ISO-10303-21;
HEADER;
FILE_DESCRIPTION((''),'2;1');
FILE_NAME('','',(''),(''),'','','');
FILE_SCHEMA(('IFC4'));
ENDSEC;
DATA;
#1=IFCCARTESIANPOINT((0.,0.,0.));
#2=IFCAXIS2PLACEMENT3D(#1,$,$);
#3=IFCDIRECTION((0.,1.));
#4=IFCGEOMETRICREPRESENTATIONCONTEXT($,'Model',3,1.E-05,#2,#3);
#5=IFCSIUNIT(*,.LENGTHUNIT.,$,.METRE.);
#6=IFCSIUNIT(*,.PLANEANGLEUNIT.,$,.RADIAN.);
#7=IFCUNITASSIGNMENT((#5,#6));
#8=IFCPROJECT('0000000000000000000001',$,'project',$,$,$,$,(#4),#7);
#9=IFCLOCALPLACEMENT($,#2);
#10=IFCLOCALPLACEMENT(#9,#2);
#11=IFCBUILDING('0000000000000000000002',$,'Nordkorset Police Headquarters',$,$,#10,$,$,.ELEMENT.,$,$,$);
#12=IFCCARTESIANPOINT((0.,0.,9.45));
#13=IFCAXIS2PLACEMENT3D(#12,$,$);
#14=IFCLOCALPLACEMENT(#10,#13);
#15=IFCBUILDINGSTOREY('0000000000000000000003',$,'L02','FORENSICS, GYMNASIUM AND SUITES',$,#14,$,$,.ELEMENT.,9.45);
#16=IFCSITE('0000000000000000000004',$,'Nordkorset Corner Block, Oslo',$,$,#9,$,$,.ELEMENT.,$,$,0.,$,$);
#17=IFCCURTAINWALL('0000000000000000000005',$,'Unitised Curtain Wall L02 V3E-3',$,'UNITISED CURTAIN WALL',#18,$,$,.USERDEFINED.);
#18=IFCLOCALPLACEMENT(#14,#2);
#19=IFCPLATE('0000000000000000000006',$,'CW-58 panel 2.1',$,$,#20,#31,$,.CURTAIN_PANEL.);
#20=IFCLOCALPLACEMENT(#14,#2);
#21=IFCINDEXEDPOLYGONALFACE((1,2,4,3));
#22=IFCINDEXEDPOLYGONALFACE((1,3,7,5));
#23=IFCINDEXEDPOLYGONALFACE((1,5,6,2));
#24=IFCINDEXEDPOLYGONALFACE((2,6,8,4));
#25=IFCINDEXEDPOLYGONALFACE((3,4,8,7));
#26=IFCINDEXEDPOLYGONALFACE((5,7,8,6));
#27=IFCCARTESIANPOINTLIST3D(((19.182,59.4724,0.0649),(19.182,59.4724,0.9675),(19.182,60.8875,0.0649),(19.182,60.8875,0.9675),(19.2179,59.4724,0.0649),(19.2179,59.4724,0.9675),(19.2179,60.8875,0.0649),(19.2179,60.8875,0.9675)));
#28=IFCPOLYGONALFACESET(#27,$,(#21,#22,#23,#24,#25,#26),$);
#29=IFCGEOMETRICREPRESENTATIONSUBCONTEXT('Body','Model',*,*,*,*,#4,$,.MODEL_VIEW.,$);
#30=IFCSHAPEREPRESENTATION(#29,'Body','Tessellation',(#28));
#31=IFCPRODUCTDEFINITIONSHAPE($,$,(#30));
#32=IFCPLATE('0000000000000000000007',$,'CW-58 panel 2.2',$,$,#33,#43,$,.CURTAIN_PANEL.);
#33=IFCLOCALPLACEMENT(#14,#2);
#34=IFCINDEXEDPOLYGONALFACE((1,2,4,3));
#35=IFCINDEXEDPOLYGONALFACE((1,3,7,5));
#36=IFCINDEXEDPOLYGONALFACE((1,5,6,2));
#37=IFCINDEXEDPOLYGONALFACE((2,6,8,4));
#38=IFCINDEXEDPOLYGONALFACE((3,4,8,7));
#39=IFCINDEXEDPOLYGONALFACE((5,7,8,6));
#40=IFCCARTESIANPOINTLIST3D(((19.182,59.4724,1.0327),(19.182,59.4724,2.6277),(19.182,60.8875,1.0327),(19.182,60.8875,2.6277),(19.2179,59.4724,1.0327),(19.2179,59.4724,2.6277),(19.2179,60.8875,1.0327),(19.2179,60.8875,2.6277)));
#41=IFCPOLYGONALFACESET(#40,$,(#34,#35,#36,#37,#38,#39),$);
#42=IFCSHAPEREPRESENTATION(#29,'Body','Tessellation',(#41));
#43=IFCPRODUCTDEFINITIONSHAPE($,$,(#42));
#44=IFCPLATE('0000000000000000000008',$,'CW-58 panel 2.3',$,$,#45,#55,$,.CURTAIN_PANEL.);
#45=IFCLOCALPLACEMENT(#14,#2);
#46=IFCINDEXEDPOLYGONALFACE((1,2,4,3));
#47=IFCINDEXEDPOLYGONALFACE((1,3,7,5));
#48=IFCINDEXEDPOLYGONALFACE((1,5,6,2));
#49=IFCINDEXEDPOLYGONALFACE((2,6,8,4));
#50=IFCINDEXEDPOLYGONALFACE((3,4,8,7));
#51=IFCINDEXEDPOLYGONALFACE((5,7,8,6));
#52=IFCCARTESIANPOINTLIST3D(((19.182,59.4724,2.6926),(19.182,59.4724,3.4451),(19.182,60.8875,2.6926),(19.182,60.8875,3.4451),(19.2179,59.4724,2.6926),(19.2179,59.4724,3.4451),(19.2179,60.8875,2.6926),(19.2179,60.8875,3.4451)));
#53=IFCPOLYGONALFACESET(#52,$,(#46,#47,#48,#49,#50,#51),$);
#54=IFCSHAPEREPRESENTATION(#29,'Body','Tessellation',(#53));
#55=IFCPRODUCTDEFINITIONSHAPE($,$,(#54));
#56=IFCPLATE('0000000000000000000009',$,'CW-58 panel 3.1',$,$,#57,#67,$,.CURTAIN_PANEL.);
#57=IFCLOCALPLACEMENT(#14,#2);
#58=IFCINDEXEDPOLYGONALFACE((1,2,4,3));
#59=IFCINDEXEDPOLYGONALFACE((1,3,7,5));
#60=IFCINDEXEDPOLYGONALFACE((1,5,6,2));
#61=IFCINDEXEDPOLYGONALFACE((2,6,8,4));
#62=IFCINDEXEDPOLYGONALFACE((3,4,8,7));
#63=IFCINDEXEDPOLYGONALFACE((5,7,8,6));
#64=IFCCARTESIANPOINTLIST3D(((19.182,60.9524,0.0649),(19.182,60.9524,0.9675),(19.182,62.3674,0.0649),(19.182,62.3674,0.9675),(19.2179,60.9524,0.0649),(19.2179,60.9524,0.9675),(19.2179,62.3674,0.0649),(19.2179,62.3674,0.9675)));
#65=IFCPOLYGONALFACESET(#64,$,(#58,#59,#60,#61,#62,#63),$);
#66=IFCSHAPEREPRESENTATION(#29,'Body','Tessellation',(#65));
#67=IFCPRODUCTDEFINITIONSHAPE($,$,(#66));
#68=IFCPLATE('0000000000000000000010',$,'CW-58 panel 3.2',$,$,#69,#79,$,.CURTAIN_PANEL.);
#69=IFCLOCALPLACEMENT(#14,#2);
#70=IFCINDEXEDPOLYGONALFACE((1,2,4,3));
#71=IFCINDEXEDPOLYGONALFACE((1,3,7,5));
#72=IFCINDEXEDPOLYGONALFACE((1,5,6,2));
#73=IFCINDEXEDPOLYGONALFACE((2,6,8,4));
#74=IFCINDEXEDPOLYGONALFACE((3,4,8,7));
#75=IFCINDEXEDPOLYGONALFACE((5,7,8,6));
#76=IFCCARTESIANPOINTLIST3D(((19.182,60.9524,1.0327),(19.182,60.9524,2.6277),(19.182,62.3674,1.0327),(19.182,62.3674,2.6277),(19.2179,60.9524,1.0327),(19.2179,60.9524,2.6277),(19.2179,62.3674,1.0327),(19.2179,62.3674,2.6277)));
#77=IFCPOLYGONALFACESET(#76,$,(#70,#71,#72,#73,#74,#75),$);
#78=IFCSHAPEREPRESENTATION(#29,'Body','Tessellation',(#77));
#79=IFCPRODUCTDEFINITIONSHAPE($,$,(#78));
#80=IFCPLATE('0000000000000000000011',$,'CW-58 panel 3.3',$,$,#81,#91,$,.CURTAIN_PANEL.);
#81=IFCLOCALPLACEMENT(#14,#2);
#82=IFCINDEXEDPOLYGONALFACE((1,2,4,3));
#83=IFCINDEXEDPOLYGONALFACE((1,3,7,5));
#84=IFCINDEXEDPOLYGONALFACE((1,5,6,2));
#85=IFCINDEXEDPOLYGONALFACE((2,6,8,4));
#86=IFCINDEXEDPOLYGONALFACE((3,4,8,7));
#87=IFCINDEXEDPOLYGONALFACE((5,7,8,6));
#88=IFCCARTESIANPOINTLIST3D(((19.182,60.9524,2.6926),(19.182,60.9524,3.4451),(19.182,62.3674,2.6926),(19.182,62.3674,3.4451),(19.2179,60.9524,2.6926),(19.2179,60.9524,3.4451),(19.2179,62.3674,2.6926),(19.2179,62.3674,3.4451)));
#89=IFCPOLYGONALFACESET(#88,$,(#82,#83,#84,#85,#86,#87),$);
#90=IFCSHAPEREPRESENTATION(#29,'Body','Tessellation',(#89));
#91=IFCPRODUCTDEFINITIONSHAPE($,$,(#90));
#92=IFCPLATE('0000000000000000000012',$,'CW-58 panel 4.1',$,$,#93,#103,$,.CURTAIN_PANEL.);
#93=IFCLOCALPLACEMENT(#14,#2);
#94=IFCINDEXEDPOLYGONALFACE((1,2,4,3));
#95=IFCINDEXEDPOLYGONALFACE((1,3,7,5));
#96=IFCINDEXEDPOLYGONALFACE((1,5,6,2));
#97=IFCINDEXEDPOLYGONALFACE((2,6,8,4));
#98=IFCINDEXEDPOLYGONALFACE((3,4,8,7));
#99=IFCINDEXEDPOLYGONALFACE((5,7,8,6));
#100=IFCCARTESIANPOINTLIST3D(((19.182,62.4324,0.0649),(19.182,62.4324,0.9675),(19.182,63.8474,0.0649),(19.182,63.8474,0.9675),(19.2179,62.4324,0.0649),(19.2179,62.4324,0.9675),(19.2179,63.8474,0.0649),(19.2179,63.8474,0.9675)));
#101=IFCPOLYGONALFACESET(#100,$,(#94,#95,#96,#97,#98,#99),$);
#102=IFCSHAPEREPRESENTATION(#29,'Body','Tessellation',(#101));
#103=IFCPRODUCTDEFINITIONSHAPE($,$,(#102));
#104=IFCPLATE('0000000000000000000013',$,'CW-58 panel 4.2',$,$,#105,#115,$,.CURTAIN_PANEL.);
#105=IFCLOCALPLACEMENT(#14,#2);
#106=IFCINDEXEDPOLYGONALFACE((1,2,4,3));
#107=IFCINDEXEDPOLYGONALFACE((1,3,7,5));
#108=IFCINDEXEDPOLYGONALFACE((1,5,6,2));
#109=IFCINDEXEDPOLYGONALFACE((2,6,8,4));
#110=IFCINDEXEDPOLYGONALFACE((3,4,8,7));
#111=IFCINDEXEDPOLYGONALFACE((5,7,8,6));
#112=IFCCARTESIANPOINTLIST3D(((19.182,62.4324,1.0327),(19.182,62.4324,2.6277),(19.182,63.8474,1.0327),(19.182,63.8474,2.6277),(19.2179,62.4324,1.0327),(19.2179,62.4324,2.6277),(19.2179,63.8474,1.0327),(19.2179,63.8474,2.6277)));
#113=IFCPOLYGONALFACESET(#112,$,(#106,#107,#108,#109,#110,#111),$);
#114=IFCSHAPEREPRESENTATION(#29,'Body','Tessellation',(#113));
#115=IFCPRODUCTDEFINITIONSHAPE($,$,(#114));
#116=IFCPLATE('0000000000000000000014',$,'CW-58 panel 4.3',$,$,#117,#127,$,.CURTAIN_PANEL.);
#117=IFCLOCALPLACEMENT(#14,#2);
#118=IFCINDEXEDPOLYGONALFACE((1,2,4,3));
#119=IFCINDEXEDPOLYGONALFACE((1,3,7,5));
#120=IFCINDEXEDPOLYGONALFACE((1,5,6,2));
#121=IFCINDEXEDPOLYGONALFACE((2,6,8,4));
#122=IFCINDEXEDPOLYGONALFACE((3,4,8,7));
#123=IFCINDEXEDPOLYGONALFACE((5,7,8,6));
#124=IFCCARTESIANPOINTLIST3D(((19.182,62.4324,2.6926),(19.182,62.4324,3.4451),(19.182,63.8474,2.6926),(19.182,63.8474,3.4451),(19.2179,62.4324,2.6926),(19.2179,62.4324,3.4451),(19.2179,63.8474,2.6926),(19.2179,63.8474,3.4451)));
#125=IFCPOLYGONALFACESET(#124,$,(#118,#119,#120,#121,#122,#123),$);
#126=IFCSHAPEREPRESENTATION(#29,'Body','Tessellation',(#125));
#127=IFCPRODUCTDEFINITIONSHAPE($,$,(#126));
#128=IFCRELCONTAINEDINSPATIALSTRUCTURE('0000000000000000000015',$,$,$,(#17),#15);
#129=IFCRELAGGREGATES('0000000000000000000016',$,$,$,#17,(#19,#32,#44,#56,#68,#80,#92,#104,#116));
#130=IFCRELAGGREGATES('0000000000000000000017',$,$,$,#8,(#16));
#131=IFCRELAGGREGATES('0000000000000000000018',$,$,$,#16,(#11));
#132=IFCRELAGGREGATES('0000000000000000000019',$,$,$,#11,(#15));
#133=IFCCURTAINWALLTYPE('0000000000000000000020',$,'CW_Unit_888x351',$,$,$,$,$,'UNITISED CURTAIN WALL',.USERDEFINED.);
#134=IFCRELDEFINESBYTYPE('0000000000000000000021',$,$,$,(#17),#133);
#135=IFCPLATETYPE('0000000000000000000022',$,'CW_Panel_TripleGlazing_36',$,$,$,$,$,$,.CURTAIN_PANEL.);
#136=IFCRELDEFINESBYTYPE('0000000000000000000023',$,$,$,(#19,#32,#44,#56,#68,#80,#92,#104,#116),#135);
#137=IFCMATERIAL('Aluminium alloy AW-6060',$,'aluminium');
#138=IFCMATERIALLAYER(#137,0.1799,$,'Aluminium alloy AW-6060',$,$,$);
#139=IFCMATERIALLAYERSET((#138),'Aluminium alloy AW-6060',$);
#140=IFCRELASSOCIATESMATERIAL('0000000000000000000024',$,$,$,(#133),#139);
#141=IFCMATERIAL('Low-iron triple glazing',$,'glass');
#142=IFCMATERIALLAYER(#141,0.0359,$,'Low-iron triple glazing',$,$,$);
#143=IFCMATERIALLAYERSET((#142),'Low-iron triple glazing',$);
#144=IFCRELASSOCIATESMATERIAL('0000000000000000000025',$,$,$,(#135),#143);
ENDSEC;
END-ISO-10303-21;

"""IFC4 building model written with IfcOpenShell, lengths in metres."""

from ifc_helpers import new_model, si_unit, direction, frame, origin, origin_2d, place, context, subcontext, project, spatial, rectangle, extrude, material, layer, layer_set, type_object, element, aggregate, save


model = new_model("IFC4")

# Units and contexts
model_context = context("Model", 3, precision=1e-05, world=origin(), true_north=direction((0.0, 1.0)))
body_context = subcontext(model_context, "Body", "Model", "MODEL_VIEW")
ifc_project = project(units=[si_unit("LENGTHUNIT", "METRE"), si_unit("PLANEANGLEUNIT", "RADIAN")], contexts=[model_context])

# Site, building, storey
site_placement = place(None, origin())
site = spatial("IfcSite", under=ifc_project, at=site_placement, Name="Nordkorset Corner Block, Oslo", CompositionType="ELEMENT", RefElevation=0.0)
building_placement = place(site_placement, origin())
building = spatial("IfcBuilding", under=site, at=building_placement, Name="Nordkorset Police Headquarters", CompositionType="ELEMENT")
storey_placement = place(building_placement, frame((0.0, 0.0, 9.45)))
storey = spatial("IfcBuildingStorey", under=building, at=storey_placement, Name="L02", Description="FORENSICS, GYMNASIUM AND SUITES", CompositionType="ELEMENT", Elevation=9.45)

# Curtain wall, plates
ifc_material_1 = material(Name="Aluminium alloy AW-6060", Category="aluminium")
ifc_layer_1 = layer(ifc_material_1, 0.1799, Name="Aluminium alloy AW-6060")
ifc_layer_set_1 = layer_set([ifc_layer_1], Name="Aluminium alloy AW-6060")
curtain_wall_type = type_object("IfcCurtainWallType", Name="CW_Unit_888x351", ElementType="UNITISED CURTAIN WALL", PredefinedType="USERDEFINED", material=ifc_layer_set_1)
curtain_wall_placement = place(storey_placement, origin())
curtain_wall = element("IfcCurtainWall", 1, at=curtain_wall_placement, inside=storey, type_object=curtain_wall_type, Name="Unitised Curtain Wall L02 V3E-3", ObjectType="UNITISED CURTAIN WALL", PredefinedType="USERDEFINED")
ifc_material_2 = material(Name="Low-iron triple glazing", Category="glass")
ifc_layer_2 = layer(ifc_material_2, 0.0359, Name="Low-iron triple glazing")
ifc_layer_set_2 = layer_set([ifc_layer_2], Name="Low-iron triple glazing")
plate_type = type_object("IfcPlateType", Name="CW_Panel_TripleGlazing_36", PredefinedType="CURTAIN_PANEL", material=ifc_layer_set_2)
plate_1_placement = place(storey_placement, frame((19.2, 60.1799, 0.0649), z_axis=(0.0, 0.0, 1.0), x_axis=(0.0, 1.0, 0.0)))
plate_1 = element("IfcPlate", 2, at=plate_1_placement, type_object=plate_type, Name="CW-58 panel 2.1", PredefinedType="CURTAIN_PANEL", context=body_context, shape_type="SweptSolid", body=[
    extrude(rectangle(XDim=1.415, YDim=0.0359, at=origin_2d()), origin(), (0.0, 0.0, 1.0), 0.9026),
])
plate_2_placement = place(storey_placement, frame((19.2, 60.1799, 1.0327), z_axis=(0.0, 0.0, 1.0), x_axis=(0.0, 1.0, 0.0)))
plate_2 = element("IfcPlate", 3, at=plate_2_placement, type_object=plate_type, Name="CW-58 panel 2.2", PredefinedType="CURTAIN_PANEL", context=body_context, shape_type="SweptSolid", body=[
    extrude(rectangle(XDim=1.415, YDim=0.0359, at=origin_2d()), origin(), (0.0, 0.0, 1.0), 1.595),
])
plate_3_placement = place(storey_placement, frame((19.2, 60.1799, 2.6926), z_axis=(0.0, 0.0, 1.0), x_axis=(0.0, 1.0, 0.0)))
plate_3 = element("IfcPlate", 4, at=plate_3_placement, type_object=plate_type, Name="CW-58 panel 2.3", PredefinedType="CURTAIN_PANEL", context=body_context, shape_type="SweptSolid", body=[
    extrude(rectangle(XDim=1.415, YDim=0.0359, at=origin_2d()), origin(), (0.0, 0.0, 1.0), 0.7524),
])
plate_4_placement = place(storey_placement, frame((19.2, 61.6599, 0.0649), z_axis=(0.0, 0.0, 1.0), x_axis=(0.0, 1.0, 0.0)))
plate_4 = element("IfcPlate", 5, at=plate_4_placement, type_object=plate_type, Name="CW-58 panel 3.1", PredefinedType="CURTAIN_PANEL", context=body_context, shape_type="SweptSolid", body=[
    extrude(rectangle(XDim=1.415, YDim=0.0359, at=origin_2d()), origin(), (0.0, 0.0, 1.0), 0.9026),
])
plate_5_placement = place(storey_placement, frame((19.2, 61.6599, 1.0327), z_axis=(0.0, 0.0, 1.0), x_axis=(0.0, 1.0, 0.0)))
plate_5 = element("IfcPlate", 6, at=plate_5_placement, type_object=plate_type, Name="CW-58 panel 3.2", PredefinedType="CURTAIN_PANEL", context=body_context, shape_type="SweptSolid", body=[
    extrude(rectangle(XDim=1.415, YDim=0.0359, at=origin_2d()), origin(), (0.0, 0.0, 1.0), 1.595),
])
plate_6_placement = place(storey_placement, frame((19.2, 61.6599, 2.6926), z_axis=(0.0, 0.0, 1.0), x_axis=(0.0, 1.0, 0.0)))
plate_6 = element("IfcPlate", 7, at=plate_6_placement, type_object=plate_type, Name="CW-58 panel 3.3", PredefinedType="CURTAIN_PANEL", context=body_context, shape_type="SweptSolid", body=[
    extrude(rectangle(XDim=1.415, YDim=0.0359, at=origin_2d()), origin(), (0.0, 0.0, 1.0), 0.7524),
])
plate_7_placement = place(storey_placement, frame((19.2, 63.1399, 0.0649), z_axis=(0.0, 0.0, 1.0), x_axis=(0.0, 1.0, 0.0)))
plate_7 = element("IfcPlate", 8, at=plate_7_placement, type_object=plate_type, Name="CW-58 panel 4.1", PredefinedType="CURTAIN_PANEL", context=body_context, shape_type="SweptSolid", body=[
    extrude(rectangle(XDim=1.415, YDim=0.0359, at=origin_2d()), origin(), (0.0, 0.0, 1.0), 0.9026),
])
plate_8_placement = place(storey_placement, frame((19.2, 63.1399, 1.0327), z_axis=(0.0, 0.0, 1.0), x_axis=(0.0, 1.0, 0.0)))
plate_8 = element("IfcPlate", 9, at=plate_8_placement, type_object=plate_type, Name="CW-58 panel 4.2", PredefinedType="CURTAIN_PANEL", context=body_context, shape_type="SweptSolid", body=[
    extrude(rectangle(XDim=1.415, YDim=0.0359, at=origin_2d()), origin(), (0.0, 0.0, 1.0), 1.595),
])
plate_9_placement = place(storey_placement, frame((19.2, 63.1399, 2.6926), z_axis=(0.0, 0.0, 1.0), x_axis=(0.0, 1.0, 0.0)))
plate_9 = element("IfcPlate", 10, at=plate_9_placement, type_object=plate_type, Name="CW-58 panel 4.3", PredefinedType="CURTAIN_PANEL", context=body_context, shape_type="SweptSolid", body=[
    extrude(rectangle(XDim=1.415, YDim=0.0359, at=origin_2d()), origin(), (0.0, 0.0, 1.0), 0.7524),
])
aggregate(curtain_wall, [plate_1, plate_2, plate_3, plate_4, plate_5, plate_6, plate_7, plate_8, plate_9])

save(model, "model.ifc")
